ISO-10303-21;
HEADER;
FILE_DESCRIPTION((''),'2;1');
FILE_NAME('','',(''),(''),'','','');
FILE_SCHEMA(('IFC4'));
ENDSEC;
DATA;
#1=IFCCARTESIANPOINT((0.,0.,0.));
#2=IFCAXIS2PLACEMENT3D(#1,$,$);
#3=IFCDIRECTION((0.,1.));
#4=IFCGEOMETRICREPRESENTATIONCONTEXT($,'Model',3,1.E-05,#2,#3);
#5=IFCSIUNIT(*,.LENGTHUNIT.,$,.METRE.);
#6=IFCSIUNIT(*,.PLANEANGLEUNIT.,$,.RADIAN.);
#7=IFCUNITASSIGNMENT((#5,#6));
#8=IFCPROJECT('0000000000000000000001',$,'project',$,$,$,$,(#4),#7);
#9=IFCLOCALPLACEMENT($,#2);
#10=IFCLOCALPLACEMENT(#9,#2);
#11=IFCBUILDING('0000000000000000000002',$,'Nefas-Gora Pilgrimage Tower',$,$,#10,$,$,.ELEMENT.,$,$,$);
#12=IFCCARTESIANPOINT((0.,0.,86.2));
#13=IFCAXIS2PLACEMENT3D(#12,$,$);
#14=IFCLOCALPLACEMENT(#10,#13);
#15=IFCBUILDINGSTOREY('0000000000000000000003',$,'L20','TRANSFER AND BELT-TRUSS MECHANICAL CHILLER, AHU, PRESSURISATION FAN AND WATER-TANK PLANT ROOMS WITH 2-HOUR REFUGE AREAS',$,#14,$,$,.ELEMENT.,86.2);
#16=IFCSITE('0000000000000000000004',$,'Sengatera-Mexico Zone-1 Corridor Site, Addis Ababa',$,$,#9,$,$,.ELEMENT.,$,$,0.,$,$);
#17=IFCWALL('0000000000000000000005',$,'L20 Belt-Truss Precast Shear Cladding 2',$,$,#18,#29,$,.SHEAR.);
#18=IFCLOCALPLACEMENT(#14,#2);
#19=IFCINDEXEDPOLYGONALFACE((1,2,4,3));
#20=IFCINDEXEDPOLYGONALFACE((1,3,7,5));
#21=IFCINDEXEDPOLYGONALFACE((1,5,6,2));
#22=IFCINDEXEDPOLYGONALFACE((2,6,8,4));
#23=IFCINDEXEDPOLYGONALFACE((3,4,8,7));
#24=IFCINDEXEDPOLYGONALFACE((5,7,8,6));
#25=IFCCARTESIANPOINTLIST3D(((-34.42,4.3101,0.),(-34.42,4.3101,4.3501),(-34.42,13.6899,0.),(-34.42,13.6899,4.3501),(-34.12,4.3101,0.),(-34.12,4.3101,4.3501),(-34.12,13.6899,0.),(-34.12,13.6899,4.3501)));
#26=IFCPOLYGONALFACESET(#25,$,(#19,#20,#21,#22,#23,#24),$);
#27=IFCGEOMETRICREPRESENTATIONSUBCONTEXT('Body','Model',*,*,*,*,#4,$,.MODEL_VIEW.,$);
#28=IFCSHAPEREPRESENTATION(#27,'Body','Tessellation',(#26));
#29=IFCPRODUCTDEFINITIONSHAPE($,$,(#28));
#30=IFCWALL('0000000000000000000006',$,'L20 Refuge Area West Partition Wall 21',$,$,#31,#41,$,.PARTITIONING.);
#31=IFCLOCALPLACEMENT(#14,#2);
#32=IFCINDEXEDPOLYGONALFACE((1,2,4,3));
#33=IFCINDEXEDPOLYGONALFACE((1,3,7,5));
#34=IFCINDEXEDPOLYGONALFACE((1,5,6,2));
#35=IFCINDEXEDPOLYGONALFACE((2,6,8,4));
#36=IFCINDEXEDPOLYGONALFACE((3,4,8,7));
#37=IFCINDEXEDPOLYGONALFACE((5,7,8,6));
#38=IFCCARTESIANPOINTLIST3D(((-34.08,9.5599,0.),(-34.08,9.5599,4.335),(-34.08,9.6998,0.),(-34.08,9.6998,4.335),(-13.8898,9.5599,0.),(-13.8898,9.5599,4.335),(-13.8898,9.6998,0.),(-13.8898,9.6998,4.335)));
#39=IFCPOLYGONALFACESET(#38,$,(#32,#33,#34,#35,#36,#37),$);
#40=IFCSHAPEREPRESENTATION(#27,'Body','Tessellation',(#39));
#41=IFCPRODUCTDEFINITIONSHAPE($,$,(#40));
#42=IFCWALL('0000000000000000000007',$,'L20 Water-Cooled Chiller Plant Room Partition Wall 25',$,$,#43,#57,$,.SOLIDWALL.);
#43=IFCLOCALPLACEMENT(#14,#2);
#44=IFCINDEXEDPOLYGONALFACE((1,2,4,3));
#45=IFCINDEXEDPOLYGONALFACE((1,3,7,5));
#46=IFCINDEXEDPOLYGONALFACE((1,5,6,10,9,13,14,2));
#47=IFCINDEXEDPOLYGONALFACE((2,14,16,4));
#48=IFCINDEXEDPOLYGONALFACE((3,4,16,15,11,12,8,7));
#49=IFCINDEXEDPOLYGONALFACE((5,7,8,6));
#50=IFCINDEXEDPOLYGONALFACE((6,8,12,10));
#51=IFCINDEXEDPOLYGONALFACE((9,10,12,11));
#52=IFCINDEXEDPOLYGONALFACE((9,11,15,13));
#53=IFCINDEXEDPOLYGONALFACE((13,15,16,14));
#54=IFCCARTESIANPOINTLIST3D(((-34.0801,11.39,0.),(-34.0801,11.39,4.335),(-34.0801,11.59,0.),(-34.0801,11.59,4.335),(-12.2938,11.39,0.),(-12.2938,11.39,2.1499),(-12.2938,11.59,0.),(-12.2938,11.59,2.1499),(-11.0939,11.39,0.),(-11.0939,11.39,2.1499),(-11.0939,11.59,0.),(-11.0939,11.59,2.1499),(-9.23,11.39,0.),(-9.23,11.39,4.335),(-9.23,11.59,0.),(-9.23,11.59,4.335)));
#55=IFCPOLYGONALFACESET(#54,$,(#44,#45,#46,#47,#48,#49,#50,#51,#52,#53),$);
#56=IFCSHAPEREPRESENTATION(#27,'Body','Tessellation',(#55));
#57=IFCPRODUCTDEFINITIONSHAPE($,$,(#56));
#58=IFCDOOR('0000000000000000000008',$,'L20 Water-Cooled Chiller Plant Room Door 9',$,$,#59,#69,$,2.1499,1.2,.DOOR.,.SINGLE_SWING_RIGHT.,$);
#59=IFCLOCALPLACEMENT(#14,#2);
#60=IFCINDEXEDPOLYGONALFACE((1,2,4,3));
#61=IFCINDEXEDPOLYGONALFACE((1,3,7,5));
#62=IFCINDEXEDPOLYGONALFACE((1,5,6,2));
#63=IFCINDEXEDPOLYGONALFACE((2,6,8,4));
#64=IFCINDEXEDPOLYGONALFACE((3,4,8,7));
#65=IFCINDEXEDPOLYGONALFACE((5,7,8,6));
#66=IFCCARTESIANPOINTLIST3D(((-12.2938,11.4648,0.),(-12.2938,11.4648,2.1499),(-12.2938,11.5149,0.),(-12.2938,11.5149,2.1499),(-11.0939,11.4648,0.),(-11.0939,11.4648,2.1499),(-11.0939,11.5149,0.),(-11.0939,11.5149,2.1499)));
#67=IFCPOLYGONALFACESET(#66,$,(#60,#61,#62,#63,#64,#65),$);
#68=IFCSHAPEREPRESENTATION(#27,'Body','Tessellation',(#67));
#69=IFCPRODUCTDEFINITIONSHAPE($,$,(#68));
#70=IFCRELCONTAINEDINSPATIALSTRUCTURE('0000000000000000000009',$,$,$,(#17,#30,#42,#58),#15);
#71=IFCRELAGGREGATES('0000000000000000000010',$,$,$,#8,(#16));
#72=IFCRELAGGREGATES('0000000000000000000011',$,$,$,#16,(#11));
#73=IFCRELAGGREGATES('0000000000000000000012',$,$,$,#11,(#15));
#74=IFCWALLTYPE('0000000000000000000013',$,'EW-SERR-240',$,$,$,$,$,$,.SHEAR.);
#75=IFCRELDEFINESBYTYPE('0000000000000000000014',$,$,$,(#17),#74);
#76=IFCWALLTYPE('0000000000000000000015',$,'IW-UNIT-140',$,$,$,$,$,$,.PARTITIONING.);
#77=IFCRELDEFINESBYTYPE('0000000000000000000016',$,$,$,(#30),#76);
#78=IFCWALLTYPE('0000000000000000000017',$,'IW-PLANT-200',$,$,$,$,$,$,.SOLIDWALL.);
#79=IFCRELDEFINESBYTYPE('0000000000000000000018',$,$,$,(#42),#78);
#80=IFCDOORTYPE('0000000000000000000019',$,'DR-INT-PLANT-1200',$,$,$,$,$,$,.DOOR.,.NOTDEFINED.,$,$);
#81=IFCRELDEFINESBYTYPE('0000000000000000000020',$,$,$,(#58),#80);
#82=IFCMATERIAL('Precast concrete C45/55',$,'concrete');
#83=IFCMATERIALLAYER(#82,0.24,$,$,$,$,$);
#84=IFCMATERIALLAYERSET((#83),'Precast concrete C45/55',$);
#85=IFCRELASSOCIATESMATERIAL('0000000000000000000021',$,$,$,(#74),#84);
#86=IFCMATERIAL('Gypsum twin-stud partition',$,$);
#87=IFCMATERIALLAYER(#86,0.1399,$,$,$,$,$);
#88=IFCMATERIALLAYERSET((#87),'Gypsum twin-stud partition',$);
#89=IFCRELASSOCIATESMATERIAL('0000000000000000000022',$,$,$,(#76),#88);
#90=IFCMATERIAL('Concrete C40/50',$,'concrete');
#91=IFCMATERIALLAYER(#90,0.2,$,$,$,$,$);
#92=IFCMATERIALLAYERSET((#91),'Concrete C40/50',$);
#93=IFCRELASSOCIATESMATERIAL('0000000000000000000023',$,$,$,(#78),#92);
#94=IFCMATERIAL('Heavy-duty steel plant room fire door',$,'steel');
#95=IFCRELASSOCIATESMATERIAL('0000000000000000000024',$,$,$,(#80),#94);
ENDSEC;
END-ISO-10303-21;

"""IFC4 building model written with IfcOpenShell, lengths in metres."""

from ifc_helpers import new_model, si_unit, direction, frame, frame_2d, origin, place, context, subcontext, project, spatial, rectangle, extrude, source, transform, mapped, material, layer, layer_set, type_object, element, fill, save


model = new_model("IFC4")

# Units and contexts
model_context = context("Model", 3, precision=1e-05, world=origin(), true_north=direction((0.0, 1.0)))
body_context = subcontext(model_context, "Body", "Model", "MODEL_VIEW")
ifc_project = project(units=[si_unit("LENGTHUNIT", "METRE"), si_unit("PLANEANGLEUNIT", "RADIAN")], contexts=[model_context])

# Site, building, storey
site_placement = place(None, origin())
site = spatial("IfcSite", under=ifc_project, at=site_placement, Name="Sengatera-Mexico Zone-1 Corridor Site, Addis Ababa", CompositionType="ELEMENT", RefElevation=0.0)
building_placement = place(site_placement, origin())
building = spatial("IfcBuilding", under=site, at=building_placement, Name="Nefas-Gora Pilgrimage Tower", CompositionType="ELEMENT")
storey_placement = place(building_placement, frame((0.0, 0.0, 86.2)))
storey = spatial("IfcBuildingStorey", under=building, at=storey_placement, Name="L20", Description="TRANSFER AND BELT-TRUSS MECHANICAL CHILLER, AHU, PRESSURISATION FAN AND WATER-TANK PLANT ROOMS WITH 2-HOUR REFUGE AREAS", CompositionType="ELEMENT", Elevation=86.2)

# Walls
ifc_material_1 = material(Name="Precast concrete C45/55", Category="concrete")
ifc_layer_1 = layer(ifc_material_1, 0.24)
ifc_layer_set_1 = layer_set([ifc_layer_1], Name="Precast concrete C45/55")
wall_type_1 = type_object("IfcWallType", Name="EW-SERR-240", PredefinedType="SHEAR", material=ifc_layer_set_1)
shared_shape_1 = source(origin(), body_context, "Body", "SweptSolid", [
    extrude(rectangle(XDim=9.3799, YDim=0.3, at=frame_2d((4.6899, 0.0))), origin(), (0.0, 0.0, 1.0), 4.3501),
])
wall_1_placement = place(storey_placement, frame((-34.27, 4.3101, 0.0), z_axis=(0.0, 0.0, 1.0), x_axis=(0.0, 1.0, 0.0)))
element("IfcWall", 1, at=wall_1_placement, inside=storey, type_object=wall_type_1, Name="L20 Belt-Truss Precast Shear Cladding 2", PredefinedType="SHEAR", context=body_context, shape_type="MappedRepresentation", body=[
    mapped(shared_shape_1, transform((0.0, 0.0, 0.0), x_axis=(1.0, 0.0, 0.0), y_axis=(0.0, 1.0, 0.0), z_axis=(0.0, 0.0, 1.0), scale=1.0)),
])
ifc_material_2 = material(Name="Gypsum twin-stud partition")
ifc_layer_2 = layer(ifc_material_2, 0.1399)
ifc_layer_set_2 = layer_set([ifc_layer_2], Name="Gypsum twin-stud partition")
wall_type_2 = type_object("IfcWallType", Name="IW-UNIT-140", PredefinedType="PARTITIONING", material=ifc_layer_set_2)
shared_shape_2 = source(origin(), body_context, "Body", "SweptSolid", [
    extrude(rectangle(XDim=20.1902, YDim=0.1399, at=frame_2d((10.0952, 0.0))), origin(), (0.0, 0.0, 1.0), 4.335),
])
wall_2_placement = place(storey_placement, frame((-34.0801, 9.6299, 0.0), z_axis=(0.0, 0.0, 1.0), x_axis=(1.0, 0.0, 0.0)))
element("IfcWall", 2, at=wall_2_placement, inside=storey, type_object=wall_type_2, Name="L20 Refuge Area West Partition Wall 21", PredefinedType="PARTITIONING", context=body_context, shape_type="MappedRepresentation", body=[
    mapped(shared_shape_2, transform((0.0, 0.0, 0.0), x_axis=(1.0, 0.0, 0.0), y_axis=(0.0, 1.0, 0.0), z_axis=(0.0, 0.0, 1.0), scale=1.0)),
])

# Wall, opening, door
ifc_material_3 = material(Name="Concrete C40/50", Category="concrete")
ifc_layer_3 = layer(ifc_material_3, 0.2)
ifc_layer_set_3 = layer_set([ifc_layer_3], Name="Concrete C40/50")
wall_type_3 = type_object("IfcWallType", Name="IW-PLANT-200", PredefinedType="SOLIDWALL", material=ifc_layer_set_3)
shared_shape_3 = source(origin(), body_context, "Body", "SweptSolid", [
    extrude(rectangle(XDim=24.8501, YDim=0.2, at=frame_2d((12.425, 0.0))), origin(), (0.0, 0.0, 1.0), 4.335),
])
wall_3_placement = place(storey_placement, frame((-34.0801, 11.49, 0.0), z_axis=(0.0, 0.0, 1.0), x_axis=(1.0, 0.0, 0.0)))
wall_3 = element("IfcWall", 3, at=wall_3_placement, inside=storey, type_object=wall_type_3, Name="L20 Water-Cooled Chiller Plant Room Partition Wall 25", PredefinedType="SOLIDWALL", context=body_context, shape_type="MappedRepresentation", body=[
    mapped(shared_shape_3, transform((0.0, 0.0, 0.0), x_axis=(1.0, 0.0, 0.0), y_axis=(0.0, 1.0, 0.0), z_axis=(0.0, 0.0, 1.0), scale=1.0)),
])
opening_placement = place(wall_3_placement, frame((21.7861, 0.0, 0.0)))
opening = element("IfcOpeningElement", 4, at=opening_placement, cuts=wall_3, PredefinedType="OPENING", context=body_context, shape_type="SweptSolid", body=[
    extrude(rectangle(XDim=1.2, YDim=2.1499, at=frame_2d((0.6001, 1.075))), frame((0.0, 0.1099, 0.0), z_axis=(0.0, -1.0, 0.0), x_axis=(1.0, 0.0, 0.0)), (0.0, 0.0, 1.0), 0.22),
])
ifc_material_4 = material(Name="Heavy-duty steel plant room fire door", Category="steel")
door_type = type_object("IfcDoorType", Name="DR-INT-PLANT-1200", OperationType="NOTDEFINED", PredefinedType="DOOR", material=ifc_material_4)
shared_shape_4 = source(origin(), body_context, "Body", "SweptSolid", [
    extrude(rectangle(XDim=1.2, YDim=2.1499, at=frame_2d((0.6001, 1.075))), frame((0.0, 0.0249, 0.0), z_axis=(0.0, -1.0, 0.0), x_axis=(1.0, 0.0, 0.0)), (0.0, 0.0, 1.0), 0.05),
])
door_placement = place(opening_placement, origin())
door = element("IfcDoor", 5, at=door_placement, inside=storey, type_object=door_type, Name="L20 Water-Cooled Chiller Plant Room Door 9", OperationType="SINGLE_SWING_RIGHT", OverallHeight=2.1499, OverallWidth=1.2, PredefinedType="DOOR", context=body_context, shape_type="MappedRepresentation", body=[
    mapped(shared_shape_4, transform((0.0, 0.0, 0.0), x_axis=(1.0, 0.0, 0.0), y_axis=(0.0, 1.0, 0.0), z_axis=(0.0, 0.0, 1.0), scale=1.0)),
])
fill(opening, door)

save(model, "model.ifc")
